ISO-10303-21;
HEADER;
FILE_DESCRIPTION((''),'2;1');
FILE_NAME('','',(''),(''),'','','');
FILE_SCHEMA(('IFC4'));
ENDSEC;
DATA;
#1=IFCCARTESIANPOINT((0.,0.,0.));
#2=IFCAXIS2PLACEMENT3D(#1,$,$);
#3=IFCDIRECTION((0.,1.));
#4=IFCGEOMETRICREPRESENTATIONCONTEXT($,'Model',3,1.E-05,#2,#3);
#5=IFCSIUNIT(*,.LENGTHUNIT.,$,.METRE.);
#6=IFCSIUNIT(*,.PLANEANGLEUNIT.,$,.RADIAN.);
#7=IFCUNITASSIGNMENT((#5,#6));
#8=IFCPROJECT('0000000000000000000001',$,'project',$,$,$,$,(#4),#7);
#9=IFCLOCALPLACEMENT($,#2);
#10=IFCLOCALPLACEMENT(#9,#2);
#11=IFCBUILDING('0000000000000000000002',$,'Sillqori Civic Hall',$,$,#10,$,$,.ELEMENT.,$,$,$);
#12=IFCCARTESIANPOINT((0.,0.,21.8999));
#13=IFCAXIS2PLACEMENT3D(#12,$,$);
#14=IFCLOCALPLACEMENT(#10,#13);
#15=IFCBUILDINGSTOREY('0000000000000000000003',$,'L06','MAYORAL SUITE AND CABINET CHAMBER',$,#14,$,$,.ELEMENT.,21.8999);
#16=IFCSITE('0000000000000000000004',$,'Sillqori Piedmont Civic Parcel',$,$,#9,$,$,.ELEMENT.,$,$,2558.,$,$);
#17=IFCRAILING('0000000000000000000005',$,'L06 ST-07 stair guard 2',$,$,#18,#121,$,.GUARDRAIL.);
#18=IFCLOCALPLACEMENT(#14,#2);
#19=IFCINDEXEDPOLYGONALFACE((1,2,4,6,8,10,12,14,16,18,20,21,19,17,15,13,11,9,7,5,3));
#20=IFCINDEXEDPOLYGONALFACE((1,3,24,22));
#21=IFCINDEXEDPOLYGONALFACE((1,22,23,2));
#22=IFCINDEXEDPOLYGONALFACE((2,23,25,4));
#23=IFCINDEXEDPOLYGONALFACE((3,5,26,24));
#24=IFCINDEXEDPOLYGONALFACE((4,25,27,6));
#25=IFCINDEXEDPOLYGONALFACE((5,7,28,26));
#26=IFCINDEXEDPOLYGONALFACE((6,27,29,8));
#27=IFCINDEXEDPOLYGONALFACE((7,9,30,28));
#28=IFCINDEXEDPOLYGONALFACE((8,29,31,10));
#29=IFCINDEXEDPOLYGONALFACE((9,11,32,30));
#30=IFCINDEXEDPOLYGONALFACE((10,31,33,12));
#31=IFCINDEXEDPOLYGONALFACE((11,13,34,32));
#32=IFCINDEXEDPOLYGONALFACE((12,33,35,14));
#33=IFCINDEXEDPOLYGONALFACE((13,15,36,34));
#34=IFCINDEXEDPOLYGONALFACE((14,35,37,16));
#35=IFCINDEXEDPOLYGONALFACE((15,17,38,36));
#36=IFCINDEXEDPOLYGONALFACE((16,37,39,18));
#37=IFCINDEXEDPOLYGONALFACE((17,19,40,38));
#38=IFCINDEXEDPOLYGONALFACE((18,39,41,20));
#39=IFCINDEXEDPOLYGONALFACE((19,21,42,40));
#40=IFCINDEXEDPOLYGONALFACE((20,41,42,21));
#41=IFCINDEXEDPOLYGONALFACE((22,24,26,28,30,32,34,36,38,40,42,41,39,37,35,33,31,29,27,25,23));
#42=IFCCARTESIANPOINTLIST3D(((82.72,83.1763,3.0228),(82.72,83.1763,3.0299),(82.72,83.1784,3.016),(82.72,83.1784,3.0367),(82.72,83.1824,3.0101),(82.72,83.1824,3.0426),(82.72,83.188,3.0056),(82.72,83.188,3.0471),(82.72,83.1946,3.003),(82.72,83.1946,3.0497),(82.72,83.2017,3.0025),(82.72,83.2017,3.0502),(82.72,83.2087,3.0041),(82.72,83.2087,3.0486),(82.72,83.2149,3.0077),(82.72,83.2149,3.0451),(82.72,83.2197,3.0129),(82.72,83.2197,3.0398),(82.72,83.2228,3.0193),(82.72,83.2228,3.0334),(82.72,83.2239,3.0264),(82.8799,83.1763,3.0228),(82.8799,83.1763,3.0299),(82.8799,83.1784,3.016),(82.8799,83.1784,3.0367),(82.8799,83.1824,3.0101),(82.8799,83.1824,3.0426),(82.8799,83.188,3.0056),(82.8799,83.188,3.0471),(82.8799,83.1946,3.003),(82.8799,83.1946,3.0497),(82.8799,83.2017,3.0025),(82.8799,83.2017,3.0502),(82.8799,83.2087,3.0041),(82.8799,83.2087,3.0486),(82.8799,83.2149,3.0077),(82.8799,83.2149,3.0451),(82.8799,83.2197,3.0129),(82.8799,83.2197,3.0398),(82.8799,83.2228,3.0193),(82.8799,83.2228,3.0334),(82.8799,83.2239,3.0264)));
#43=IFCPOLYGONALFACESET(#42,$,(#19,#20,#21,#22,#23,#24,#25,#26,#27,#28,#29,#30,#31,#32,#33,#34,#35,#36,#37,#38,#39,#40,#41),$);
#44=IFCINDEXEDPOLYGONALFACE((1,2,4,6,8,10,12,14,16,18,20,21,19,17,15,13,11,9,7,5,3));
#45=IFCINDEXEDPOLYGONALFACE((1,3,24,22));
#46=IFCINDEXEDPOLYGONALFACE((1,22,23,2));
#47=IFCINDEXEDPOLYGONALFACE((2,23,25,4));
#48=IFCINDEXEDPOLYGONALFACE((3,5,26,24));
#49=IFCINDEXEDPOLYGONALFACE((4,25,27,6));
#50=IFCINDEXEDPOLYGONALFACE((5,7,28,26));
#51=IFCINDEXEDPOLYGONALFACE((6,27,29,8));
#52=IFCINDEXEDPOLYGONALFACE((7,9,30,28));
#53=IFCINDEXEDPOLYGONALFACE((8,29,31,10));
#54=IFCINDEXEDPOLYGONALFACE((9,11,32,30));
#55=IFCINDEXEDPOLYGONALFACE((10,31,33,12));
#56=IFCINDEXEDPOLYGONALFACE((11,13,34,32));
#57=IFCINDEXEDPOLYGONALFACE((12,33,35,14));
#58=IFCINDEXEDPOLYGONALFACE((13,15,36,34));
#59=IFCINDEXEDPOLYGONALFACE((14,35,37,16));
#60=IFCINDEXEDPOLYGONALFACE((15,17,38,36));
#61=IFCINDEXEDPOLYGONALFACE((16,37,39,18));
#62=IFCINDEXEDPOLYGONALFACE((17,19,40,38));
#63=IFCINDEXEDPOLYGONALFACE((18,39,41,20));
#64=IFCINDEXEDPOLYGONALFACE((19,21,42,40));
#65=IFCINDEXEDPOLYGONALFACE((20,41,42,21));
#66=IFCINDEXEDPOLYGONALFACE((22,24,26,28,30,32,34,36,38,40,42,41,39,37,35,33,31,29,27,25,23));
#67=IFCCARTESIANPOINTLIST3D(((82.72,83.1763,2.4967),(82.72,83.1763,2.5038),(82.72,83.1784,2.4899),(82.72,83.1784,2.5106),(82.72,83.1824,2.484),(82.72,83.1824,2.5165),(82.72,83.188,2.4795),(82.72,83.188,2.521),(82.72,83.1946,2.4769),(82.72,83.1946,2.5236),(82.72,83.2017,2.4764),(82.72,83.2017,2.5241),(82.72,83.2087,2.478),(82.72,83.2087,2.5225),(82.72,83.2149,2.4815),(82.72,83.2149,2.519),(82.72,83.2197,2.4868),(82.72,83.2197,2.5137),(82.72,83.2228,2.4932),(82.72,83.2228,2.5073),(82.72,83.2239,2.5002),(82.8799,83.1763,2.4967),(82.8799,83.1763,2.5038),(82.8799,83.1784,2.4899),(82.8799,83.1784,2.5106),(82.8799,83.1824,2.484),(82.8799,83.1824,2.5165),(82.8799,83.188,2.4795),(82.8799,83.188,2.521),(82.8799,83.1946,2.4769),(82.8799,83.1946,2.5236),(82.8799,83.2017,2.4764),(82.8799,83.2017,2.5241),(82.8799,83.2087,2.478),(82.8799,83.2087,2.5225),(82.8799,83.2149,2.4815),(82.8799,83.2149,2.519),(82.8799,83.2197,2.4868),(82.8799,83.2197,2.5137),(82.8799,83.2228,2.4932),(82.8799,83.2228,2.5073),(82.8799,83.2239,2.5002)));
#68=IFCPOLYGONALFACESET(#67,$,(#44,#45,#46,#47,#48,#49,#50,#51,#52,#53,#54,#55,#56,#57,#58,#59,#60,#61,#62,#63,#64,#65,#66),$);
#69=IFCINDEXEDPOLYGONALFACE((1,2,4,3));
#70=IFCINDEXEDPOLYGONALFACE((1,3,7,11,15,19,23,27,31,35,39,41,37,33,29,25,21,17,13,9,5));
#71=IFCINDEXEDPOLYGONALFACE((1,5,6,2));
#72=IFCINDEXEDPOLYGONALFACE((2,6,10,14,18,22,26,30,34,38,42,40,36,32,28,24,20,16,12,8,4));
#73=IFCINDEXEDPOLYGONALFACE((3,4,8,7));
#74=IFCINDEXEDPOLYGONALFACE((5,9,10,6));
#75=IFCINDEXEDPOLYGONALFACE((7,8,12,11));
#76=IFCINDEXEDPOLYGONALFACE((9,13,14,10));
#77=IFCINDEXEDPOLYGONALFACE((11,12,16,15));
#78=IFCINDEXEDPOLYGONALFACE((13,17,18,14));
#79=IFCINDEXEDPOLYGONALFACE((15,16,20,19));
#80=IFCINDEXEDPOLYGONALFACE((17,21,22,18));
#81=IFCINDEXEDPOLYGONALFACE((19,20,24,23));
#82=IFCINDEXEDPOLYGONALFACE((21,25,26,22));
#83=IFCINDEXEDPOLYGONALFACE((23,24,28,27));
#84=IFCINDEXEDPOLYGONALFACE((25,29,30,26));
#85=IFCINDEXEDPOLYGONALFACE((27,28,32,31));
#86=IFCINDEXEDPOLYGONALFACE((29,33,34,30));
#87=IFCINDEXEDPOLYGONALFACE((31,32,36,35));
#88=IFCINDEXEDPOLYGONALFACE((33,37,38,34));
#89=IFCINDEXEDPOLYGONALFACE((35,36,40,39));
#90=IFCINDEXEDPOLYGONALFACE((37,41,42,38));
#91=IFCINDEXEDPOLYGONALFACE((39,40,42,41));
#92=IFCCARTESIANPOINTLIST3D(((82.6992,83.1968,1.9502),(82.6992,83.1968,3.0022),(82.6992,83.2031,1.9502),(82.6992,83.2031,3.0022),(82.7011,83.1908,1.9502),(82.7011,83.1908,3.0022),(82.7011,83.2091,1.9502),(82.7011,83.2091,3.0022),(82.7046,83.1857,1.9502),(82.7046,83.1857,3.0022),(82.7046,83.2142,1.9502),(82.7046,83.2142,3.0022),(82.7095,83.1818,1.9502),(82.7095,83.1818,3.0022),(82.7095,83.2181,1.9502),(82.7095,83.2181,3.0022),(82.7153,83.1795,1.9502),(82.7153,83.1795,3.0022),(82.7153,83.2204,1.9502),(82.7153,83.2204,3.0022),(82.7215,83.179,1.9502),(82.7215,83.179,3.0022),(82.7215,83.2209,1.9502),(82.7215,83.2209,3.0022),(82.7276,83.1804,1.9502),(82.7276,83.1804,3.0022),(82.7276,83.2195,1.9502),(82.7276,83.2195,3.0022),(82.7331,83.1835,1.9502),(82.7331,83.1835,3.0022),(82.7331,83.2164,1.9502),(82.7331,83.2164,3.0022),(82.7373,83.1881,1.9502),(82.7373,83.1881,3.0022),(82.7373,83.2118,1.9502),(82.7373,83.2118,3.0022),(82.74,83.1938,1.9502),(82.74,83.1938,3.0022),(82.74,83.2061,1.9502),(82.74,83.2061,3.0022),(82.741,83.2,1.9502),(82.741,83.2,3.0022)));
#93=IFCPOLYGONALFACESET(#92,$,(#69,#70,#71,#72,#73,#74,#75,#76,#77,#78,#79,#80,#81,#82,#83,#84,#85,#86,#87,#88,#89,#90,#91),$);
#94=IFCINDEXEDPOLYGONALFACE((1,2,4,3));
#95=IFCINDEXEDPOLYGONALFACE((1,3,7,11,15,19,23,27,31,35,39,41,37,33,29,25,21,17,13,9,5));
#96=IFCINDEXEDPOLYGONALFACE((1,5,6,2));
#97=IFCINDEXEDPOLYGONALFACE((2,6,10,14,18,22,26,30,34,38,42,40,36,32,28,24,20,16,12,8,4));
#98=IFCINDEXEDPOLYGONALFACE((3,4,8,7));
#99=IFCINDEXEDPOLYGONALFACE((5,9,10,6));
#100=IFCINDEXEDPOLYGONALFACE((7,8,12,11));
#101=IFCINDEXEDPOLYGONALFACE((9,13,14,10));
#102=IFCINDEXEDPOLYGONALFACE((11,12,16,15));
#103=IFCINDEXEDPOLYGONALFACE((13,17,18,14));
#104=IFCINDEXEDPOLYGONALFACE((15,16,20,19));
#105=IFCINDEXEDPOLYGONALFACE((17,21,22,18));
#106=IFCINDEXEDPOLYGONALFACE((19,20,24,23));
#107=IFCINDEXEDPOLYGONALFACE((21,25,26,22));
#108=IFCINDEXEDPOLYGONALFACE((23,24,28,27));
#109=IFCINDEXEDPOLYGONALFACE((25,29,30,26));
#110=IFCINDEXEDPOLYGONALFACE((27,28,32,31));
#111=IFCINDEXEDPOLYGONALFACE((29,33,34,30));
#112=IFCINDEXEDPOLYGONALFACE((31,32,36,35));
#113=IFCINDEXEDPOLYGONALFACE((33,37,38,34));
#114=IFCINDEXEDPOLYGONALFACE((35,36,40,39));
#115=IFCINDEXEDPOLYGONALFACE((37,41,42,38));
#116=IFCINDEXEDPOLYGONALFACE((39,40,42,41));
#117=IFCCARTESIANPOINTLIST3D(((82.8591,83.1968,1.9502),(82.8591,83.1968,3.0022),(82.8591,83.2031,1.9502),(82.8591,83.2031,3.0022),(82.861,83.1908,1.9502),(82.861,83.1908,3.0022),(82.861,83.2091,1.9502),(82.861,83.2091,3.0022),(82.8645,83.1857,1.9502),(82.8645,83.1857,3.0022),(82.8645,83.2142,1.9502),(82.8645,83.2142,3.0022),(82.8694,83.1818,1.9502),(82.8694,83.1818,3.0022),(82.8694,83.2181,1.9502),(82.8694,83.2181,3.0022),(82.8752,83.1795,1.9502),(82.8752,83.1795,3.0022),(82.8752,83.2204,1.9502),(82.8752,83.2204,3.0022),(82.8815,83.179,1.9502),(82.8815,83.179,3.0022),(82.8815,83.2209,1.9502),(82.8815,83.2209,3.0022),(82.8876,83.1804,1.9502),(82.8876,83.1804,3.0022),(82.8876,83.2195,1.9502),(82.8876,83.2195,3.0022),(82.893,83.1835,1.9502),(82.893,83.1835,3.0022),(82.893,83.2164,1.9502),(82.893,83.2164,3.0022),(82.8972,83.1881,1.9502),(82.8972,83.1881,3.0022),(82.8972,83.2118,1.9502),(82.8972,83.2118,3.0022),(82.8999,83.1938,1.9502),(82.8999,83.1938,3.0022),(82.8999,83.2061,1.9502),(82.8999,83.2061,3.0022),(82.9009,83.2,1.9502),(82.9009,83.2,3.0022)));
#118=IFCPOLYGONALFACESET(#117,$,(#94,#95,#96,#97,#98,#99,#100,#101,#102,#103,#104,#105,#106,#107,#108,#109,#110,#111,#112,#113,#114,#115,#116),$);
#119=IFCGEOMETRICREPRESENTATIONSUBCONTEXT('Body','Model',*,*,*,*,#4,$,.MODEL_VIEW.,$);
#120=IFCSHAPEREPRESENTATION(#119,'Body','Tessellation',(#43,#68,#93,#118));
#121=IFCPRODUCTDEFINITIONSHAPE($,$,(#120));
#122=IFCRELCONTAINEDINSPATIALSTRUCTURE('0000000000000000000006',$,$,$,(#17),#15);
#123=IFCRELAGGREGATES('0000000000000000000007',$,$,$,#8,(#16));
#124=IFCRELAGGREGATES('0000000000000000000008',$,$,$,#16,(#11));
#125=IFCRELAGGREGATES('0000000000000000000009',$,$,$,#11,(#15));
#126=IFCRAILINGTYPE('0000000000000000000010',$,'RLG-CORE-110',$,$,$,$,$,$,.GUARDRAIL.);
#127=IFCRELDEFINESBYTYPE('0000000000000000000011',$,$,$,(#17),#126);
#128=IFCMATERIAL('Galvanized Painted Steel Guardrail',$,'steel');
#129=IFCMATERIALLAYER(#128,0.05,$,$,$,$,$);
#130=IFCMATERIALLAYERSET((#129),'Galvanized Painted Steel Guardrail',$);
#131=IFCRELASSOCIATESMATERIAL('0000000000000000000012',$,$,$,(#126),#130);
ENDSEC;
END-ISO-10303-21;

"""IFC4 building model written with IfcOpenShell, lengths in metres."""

from ifc_helpers import new_model, si_unit, direction, frame, origin, origin_2d, place, context, subcontext, project, spatial, circle, extrude, material, layer, layer_set, type_object, element, save


model = new_model("IFC4")

# Units and contexts
model_context = context("Model", 3, precision=1e-05, world=origin(), true_north=direction((0.0, 1.0)))
body_context = subcontext(model_context, "Body", "Model", "MODEL_VIEW")
ifc_project = project(units=[si_unit("LENGTHUNIT", "METRE"), si_unit("PLANEANGLEUNIT", "RADIAN")], contexts=[model_context])

# Site, building, storey
site_placement = place(None, origin())
site = spatial("IfcSite", under=ifc_project, at=site_placement, Name="Sillqori Piedmont Civic Parcel", CompositionType="ELEMENT", RefElevation=2558.0)
building_placement = place(site_placement, origin())
building = spatial("IfcBuilding", under=site, at=building_placement, Name="Sillqori Civic Hall", CompositionType="ELEMENT")
storey_placement = place(building_placement, frame((0.0, 0.0, 21.8999)))
storey = spatial("IfcBuildingStorey", under=building, at=storey_placement, Name="L06", Description="MAYORAL SUITE AND CABINET CHAMBER", CompositionType="ELEMENT", Elevation=21.8999)

# Railing
ifc_material_1 = material(Name="Galvanized Painted Steel Guardrail", Category="steel")
ifc_layer_1 = layer(ifc_material_1, 0.05)
ifc_layer_set_1 = layer_set([ifc_layer_1], Name="Galvanized Painted Steel Guardrail")
railing_type_1 = type_object("IfcRailingType", Name="RLG-CORE-110", PredefinedType="GUARDRAIL", material=ifc_layer_set_1)
railing_1_placement = place(storey_placement, frame((82.72, 83.2, 1.9502)))
element("IfcRailing", 1, at=railing_1_placement, inside=storey, type_object=railing_type_1, Name="L06 ST-07 stair guard 2", PredefinedType="GUARDRAIL", context=body_context, shape_type="SweptSolid", body=[
    extrude(circle(Radius=0.0239, at=origin_2d()), frame((0.0, 0.0, 1.0762), z_axis=(1.0, 0.0, 0.0), x_axis=(0.0, 1.0, 0.0)), (0.0, 0.0, 1.0), 0.1599),
    extrude(circle(Radius=0.0239, at=origin_2d()), frame((0.0, 0.0, 0.55), z_axis=(1.0, 0.0, 0.0), x_axis=(0.0, 1.0, 0.0)), (0.0, 0.0, 1.0), 0.1599),
    extrude(circle(Radius=0.021, at=origin_2d()), origin(), (0.0, 0.0, 1.0), 1.052),
    extrude(circle(Radius=0.021, at=origin_2d()), frame((0.1599, 0.0, 0.0)), (0.0, 0.0, 1.0), 1.052),
])

save(model, "model.ifc")
